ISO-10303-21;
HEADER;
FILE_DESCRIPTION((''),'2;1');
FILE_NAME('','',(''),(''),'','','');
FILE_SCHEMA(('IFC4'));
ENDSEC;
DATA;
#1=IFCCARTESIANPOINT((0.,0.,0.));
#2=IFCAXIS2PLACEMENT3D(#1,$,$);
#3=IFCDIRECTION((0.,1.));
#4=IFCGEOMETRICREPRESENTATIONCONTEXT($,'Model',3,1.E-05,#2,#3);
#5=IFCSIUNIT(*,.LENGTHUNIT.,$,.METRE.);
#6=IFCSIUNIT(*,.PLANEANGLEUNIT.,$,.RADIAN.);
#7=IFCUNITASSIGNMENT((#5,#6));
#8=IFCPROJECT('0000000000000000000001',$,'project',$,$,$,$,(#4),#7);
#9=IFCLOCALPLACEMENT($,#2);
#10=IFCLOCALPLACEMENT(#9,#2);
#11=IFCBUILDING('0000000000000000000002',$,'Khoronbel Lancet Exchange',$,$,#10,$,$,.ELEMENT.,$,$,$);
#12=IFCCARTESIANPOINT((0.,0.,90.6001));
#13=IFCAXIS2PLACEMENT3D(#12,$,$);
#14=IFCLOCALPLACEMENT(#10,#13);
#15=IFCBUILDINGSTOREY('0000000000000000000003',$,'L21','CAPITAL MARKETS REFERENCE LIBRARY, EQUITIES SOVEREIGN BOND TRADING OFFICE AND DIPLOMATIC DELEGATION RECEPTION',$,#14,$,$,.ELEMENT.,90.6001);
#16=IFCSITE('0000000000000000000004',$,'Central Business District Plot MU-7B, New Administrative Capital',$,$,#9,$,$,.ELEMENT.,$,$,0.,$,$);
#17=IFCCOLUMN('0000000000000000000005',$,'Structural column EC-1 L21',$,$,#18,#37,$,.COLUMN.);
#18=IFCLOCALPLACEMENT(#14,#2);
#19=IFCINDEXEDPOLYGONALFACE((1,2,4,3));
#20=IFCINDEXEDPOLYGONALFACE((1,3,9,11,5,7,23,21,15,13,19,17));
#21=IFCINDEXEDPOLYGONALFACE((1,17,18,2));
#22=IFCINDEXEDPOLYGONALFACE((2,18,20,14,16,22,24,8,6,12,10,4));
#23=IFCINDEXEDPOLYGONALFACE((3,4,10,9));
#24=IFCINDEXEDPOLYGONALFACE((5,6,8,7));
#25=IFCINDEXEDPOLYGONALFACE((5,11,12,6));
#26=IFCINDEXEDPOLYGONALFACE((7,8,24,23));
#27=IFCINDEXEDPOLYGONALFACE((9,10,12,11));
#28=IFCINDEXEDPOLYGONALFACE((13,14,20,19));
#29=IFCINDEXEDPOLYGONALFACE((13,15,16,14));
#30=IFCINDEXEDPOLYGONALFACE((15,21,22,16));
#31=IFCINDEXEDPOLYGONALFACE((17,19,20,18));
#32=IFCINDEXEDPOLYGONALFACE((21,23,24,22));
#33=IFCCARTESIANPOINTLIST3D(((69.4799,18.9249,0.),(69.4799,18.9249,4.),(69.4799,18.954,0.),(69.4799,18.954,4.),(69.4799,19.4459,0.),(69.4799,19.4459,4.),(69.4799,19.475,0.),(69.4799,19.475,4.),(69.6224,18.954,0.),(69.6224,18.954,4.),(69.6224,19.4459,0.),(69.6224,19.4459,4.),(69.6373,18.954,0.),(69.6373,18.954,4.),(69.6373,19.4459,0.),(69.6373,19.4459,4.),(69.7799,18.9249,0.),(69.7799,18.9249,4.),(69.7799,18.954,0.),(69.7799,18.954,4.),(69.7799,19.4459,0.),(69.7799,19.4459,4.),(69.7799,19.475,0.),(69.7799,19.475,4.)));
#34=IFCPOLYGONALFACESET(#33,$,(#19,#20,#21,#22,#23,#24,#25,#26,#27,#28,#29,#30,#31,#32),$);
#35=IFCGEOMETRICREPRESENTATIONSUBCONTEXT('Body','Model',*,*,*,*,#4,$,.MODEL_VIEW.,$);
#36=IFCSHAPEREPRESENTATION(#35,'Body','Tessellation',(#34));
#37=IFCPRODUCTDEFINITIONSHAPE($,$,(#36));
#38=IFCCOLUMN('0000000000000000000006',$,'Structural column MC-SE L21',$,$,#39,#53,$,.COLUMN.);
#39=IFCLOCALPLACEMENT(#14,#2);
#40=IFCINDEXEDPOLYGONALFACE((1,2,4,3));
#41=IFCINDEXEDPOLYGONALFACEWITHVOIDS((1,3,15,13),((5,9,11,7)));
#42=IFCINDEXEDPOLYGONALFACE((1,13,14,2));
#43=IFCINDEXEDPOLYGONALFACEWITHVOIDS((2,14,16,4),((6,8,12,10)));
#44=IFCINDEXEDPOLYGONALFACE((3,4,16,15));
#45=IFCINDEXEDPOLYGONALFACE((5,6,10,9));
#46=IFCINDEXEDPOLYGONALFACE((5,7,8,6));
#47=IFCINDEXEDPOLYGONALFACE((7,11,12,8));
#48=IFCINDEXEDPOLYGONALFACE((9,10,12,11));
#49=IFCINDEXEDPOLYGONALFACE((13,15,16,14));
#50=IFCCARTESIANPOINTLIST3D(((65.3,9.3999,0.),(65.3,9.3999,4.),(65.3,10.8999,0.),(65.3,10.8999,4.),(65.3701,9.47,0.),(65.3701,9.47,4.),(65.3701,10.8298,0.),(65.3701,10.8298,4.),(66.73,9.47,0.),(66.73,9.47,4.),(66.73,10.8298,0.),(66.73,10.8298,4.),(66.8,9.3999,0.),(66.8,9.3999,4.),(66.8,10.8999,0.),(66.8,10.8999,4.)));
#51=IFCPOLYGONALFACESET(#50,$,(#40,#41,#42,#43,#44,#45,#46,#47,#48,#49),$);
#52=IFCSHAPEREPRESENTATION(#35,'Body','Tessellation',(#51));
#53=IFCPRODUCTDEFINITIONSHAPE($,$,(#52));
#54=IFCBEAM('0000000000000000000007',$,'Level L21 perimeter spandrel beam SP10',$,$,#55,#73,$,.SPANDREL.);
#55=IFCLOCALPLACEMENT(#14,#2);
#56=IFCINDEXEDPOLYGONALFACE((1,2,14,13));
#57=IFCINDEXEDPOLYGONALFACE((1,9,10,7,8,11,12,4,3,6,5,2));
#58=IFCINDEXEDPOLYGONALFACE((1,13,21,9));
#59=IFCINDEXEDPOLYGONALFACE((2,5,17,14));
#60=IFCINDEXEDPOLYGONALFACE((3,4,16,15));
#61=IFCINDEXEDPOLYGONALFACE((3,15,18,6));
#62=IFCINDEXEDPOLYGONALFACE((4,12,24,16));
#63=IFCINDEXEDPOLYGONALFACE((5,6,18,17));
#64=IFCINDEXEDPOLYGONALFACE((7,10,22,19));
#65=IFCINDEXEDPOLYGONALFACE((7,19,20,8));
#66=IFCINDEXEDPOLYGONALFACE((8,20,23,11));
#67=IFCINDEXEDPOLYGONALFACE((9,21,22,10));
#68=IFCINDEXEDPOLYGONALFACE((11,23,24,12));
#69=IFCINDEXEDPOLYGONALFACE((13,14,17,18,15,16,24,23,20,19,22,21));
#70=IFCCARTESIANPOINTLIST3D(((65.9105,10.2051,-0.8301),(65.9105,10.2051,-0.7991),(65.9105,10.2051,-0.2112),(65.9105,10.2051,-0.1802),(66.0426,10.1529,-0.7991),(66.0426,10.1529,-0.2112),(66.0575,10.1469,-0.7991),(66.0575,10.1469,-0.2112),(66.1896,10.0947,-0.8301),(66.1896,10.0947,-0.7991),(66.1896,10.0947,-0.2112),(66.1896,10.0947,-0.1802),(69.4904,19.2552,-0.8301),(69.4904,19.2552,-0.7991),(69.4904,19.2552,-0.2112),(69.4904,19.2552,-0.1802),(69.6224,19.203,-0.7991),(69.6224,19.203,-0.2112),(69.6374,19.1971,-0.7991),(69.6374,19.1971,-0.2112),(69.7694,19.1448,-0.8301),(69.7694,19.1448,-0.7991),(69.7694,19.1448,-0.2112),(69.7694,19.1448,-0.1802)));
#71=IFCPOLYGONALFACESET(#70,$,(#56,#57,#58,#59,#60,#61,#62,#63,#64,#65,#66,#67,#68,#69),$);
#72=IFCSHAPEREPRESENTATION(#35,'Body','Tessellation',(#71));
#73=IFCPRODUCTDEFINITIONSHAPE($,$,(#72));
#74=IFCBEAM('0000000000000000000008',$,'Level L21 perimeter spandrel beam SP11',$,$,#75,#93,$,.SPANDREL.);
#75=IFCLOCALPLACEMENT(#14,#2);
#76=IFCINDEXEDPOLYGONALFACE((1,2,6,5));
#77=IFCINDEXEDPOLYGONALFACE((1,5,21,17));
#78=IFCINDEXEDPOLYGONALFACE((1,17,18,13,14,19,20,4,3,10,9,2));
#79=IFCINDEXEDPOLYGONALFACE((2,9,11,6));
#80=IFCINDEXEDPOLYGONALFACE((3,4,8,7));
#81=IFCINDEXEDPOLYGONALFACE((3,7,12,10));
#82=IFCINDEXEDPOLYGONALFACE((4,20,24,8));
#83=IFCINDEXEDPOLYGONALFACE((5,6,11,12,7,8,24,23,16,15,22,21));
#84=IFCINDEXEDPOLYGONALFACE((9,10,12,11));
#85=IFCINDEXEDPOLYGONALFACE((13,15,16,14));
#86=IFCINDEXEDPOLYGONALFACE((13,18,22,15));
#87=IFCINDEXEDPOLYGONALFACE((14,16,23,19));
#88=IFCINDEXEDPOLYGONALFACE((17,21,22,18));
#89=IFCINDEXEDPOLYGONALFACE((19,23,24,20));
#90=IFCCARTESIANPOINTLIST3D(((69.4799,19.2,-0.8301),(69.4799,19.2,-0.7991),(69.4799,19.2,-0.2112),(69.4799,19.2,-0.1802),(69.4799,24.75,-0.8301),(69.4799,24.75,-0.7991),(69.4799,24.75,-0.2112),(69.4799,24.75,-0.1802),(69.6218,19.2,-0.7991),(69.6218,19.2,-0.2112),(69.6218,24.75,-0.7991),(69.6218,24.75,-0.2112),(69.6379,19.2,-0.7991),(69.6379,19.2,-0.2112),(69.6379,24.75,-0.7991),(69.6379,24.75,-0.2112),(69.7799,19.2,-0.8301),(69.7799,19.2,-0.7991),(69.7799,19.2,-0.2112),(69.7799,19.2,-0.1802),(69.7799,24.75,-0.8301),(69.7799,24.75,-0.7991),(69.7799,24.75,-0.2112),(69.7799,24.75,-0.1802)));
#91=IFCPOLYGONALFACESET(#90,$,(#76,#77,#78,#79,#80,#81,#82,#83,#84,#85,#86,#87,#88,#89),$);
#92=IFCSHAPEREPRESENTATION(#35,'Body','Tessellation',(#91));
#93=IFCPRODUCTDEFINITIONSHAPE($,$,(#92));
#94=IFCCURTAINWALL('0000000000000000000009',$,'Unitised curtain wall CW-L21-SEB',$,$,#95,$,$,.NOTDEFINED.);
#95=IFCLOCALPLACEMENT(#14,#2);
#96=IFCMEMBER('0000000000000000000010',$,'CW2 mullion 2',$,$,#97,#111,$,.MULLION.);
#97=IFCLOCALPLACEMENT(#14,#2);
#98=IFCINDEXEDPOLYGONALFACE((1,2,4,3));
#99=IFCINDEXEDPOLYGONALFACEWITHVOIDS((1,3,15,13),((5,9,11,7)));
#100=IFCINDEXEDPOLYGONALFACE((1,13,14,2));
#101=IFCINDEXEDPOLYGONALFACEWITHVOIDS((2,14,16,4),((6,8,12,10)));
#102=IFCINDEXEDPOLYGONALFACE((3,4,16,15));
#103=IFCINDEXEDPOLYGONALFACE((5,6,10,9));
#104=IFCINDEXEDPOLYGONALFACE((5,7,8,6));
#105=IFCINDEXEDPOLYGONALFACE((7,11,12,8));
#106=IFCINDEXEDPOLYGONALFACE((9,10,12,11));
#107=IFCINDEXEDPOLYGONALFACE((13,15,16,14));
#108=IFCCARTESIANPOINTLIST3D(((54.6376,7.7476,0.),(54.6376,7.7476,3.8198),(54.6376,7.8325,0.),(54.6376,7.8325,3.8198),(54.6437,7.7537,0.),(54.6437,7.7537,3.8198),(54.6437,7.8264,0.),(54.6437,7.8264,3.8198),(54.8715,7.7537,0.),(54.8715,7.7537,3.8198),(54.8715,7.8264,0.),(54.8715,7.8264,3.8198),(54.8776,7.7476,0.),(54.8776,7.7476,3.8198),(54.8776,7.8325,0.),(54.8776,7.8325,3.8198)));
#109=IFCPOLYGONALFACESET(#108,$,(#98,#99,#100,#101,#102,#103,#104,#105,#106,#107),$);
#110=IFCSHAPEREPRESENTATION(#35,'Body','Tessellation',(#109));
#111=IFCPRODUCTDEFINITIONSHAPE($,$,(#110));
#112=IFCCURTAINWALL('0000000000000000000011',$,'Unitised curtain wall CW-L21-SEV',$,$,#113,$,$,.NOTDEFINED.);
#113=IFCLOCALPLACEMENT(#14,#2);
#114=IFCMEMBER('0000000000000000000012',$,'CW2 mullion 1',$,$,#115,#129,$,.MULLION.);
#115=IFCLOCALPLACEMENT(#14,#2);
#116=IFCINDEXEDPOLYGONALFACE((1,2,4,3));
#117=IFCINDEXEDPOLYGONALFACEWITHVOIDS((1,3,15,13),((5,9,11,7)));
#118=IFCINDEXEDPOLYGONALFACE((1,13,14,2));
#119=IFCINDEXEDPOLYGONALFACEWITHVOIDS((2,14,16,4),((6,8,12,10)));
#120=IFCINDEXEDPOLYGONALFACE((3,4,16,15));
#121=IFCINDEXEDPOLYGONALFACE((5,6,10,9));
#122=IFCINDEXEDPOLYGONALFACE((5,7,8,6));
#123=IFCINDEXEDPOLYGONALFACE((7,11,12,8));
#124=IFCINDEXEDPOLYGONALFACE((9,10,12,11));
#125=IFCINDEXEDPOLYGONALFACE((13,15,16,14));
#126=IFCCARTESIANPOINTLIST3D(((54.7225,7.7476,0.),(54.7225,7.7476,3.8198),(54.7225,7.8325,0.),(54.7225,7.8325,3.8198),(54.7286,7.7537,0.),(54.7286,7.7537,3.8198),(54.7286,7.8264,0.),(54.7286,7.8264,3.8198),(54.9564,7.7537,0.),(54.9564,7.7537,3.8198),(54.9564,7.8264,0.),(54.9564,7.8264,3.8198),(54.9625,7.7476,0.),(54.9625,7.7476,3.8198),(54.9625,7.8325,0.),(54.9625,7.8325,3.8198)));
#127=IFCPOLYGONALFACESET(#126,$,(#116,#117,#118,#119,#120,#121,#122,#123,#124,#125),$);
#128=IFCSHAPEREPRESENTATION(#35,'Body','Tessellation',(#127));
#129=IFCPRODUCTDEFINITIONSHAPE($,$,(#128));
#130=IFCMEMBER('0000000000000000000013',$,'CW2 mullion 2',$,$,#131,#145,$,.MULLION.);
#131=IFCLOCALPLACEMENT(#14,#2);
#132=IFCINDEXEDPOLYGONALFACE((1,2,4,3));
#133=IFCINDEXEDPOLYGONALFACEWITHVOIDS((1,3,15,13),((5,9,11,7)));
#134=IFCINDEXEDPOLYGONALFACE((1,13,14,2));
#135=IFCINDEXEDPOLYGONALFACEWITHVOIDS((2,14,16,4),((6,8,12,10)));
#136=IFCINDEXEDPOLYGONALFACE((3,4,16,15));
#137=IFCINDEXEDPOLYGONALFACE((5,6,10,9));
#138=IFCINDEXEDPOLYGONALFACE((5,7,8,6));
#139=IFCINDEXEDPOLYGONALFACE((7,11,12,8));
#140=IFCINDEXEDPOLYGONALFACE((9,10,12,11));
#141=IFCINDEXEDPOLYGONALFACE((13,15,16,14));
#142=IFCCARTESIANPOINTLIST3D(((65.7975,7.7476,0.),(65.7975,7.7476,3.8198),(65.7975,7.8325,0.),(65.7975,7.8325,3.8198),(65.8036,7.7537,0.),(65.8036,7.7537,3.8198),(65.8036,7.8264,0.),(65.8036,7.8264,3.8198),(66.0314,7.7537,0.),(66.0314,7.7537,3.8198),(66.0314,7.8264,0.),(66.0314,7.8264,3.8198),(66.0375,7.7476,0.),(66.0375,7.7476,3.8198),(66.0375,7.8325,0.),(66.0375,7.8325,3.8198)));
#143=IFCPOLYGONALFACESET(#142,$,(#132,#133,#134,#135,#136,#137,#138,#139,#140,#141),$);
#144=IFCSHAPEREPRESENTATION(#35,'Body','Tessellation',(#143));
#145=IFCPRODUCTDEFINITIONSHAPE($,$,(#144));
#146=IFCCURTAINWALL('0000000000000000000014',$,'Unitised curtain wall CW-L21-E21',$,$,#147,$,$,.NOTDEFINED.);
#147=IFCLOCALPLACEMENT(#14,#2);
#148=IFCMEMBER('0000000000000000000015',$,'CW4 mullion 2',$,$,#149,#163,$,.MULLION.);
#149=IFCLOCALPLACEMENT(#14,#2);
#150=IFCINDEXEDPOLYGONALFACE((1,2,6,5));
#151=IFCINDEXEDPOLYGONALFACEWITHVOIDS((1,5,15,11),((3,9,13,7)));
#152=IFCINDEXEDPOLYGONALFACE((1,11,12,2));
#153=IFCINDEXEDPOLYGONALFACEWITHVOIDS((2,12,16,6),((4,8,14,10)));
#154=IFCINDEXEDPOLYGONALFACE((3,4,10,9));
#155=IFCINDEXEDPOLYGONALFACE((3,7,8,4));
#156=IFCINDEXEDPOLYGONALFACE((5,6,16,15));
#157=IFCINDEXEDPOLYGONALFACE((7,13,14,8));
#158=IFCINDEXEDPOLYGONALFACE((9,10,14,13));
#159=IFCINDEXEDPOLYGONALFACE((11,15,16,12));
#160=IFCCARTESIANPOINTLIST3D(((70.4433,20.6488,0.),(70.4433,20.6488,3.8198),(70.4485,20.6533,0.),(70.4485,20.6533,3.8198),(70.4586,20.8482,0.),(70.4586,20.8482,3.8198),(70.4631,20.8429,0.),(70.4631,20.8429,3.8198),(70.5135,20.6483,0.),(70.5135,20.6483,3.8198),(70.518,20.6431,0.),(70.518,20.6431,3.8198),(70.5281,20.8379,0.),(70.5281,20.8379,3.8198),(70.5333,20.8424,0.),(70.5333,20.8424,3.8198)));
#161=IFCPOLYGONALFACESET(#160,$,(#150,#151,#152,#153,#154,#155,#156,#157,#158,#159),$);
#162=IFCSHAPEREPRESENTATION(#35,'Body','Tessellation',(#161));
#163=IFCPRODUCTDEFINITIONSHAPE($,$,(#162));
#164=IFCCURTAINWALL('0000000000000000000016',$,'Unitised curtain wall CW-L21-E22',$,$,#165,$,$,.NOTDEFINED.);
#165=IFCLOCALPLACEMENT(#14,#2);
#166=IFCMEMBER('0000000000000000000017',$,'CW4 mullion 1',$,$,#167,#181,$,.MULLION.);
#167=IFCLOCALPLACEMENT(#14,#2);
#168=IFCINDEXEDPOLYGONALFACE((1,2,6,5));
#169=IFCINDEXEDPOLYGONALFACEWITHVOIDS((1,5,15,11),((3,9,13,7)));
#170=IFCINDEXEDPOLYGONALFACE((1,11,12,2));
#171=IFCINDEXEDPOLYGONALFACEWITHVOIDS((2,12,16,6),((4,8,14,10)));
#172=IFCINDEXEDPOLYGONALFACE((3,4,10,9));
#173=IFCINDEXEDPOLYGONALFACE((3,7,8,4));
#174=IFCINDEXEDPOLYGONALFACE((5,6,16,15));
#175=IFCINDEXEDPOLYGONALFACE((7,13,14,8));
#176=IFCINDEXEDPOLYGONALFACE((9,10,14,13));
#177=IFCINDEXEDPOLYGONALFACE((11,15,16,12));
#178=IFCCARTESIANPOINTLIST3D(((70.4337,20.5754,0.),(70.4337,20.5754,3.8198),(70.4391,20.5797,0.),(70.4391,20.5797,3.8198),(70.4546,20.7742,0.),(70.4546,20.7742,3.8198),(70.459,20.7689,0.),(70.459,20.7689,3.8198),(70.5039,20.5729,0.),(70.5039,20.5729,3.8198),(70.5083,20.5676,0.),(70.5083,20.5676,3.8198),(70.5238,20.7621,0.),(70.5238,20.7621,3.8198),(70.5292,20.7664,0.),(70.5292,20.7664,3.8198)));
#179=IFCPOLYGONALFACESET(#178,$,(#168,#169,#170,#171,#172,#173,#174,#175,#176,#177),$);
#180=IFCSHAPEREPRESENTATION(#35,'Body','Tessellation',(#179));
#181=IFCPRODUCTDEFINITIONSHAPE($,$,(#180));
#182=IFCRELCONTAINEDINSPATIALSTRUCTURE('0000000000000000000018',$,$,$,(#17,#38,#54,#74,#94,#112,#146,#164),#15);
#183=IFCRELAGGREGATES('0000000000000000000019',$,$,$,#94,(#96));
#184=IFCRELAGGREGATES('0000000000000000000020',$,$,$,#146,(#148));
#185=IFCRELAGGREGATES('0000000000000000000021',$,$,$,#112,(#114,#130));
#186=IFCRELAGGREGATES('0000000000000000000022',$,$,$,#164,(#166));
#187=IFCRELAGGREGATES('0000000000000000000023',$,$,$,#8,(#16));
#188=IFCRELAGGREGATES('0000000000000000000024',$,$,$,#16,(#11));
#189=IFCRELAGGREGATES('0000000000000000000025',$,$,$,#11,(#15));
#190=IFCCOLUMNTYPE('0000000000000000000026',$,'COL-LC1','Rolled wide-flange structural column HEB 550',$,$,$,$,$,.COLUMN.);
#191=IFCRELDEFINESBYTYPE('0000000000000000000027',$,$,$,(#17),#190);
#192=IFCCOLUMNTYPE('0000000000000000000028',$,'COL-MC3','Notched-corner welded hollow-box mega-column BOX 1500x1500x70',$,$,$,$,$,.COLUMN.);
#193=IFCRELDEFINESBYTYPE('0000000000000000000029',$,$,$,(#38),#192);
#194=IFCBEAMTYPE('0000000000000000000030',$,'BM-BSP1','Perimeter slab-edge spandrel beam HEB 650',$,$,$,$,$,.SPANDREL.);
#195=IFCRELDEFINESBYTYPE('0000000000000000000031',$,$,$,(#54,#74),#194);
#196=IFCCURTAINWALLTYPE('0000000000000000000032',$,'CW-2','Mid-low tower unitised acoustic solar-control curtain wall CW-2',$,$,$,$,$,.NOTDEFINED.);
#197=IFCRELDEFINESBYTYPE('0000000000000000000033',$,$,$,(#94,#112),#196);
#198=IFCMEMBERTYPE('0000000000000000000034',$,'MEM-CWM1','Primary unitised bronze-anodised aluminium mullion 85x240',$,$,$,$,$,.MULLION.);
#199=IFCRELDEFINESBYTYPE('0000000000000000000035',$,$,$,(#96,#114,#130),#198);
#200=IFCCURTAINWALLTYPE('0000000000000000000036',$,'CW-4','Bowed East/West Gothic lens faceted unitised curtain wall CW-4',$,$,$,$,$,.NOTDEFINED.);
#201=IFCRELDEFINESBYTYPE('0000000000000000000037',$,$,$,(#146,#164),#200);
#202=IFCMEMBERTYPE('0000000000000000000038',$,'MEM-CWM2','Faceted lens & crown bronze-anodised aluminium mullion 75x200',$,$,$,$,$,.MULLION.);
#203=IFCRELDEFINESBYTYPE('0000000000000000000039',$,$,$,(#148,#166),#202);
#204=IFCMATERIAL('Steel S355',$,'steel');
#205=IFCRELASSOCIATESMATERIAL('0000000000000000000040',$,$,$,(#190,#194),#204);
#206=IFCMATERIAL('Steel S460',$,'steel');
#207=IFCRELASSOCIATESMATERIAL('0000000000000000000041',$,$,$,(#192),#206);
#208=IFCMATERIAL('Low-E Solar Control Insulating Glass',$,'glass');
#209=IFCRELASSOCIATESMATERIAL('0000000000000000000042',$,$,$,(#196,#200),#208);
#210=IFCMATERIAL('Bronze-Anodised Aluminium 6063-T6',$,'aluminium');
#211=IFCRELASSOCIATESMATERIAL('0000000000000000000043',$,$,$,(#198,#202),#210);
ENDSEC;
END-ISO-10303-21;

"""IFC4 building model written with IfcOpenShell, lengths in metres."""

from ifc_helpers import new_model, si_unit, direction, frame, origin, origin_2d, place, context, subcontext, project, spatial, hollow_rectangle, i_section, extrude, material, material_profile, profile_set, type_object, element, aggregate, save


model = new_model("IFC4")

# Units and contexts
model_context = context("Model", 3, precision=1e-05, world=origin(), true_north=direction((0.0, 1.0)))
body_context = subcontext(model_context, "Body", "Model", "MODEL_VIEW")
ifc_project = project(units=[si_unit("LENGTHUNIT", "METRE"), si_unit("PLANEANGLEUNIT", "RADIAN")], contexts=[model_context])

# Site, building, storey
site_placement = place(None, origin())
site = spatial("IfcSite", under=ifc_project, at=site_placement, Name="Central Business District Plot MU-7B, New Administrative Capital", CompositionType="ELEMENT", RefElevation=0.0)
building_placement = place(site_placement, origin())
building = spatial("IfcBuilding", under=site, at=building_placement, Name="Khoronbel Lancet Exchange", CompositionType="ELEMENT")
storey_placement = place(building_placement, frame((0.0, 0.0, 90.6001)))
storey = spatial("IfcBuildingStorey", under=building, at=storey_placement, Name="L21", Description="CAPITAL MARKETS REFERENCE LIBRARY, EQUITIES SOVEREIGN BOND TRADING OFFICE AND DIPLOMATIC DELEGATION RECEPTION", CompositionType="ELEMENT", Elevation=90.6001)

# Columns
ifc_material_1 = material(Name="Steel S355", Category="steel")
ifc_material_profile_1 = material_profile(ifc_material_1, i_section(OverallWidth=0.3, OverallDepth=0.55, WebThickness=0.0149, FlangeThickness=0.0291, at=origin_2d()), Name="HEB 550")
ifc_profile_set_1 = profile_set([ifc_material_profile_1], Name="Steel S355")
column_type_1 = type_object("IfcColumnType", Name="COL-LC1", Description="Rolled wide-flange structural column HEB 550", PredefinedType="COLUMN", material=ifc_profile_set_1)
column_1_placement = place(storey_placement, frame((69.6299, 19.2, 0.0), z_axis=(0.0, 0.0, 1.0), x_axis=(1.0, 0.0, 0.0)))
element("IfcColumn", 1, at=column_1_placement, inside=storey, type_object=column_type_1, Name="Structural column EC-1 L21", PredefinedType="COLUMN", context=body_context, shape_type="SweptSolid", body=[
    extrude(i_section(OverallWidth=0.3, OverallDepth=0.55, WebThickness=0.0149, FlangeThickness=0.0291, at=origin_2d()), origin(), (0.0, 0.0, 1.0), 4.0),
])
ifc_material_2 = material(Name="Steel S460", Category="steel")
ifc_material_profile_2 = material_profile(ifc_material_2, hollow_rectangle(XDim=1.5, YDim=1.5, WallThickness=0.0701, at=origin_2d()), Name="BOX 1500x1500x70")
ifc_profile_set_2 = profile_set([ifc_material_profile_2], Name="Steel S460")
column_type_2 = type_object("IfcColumnType", Name="COL-MC3", Description="Notched-corner welded hollow-box mega-column BOX 1500x1500x70", PredefinedType="COLUMN", material=ifc_profile_set_2)
column_2_placement = place(storey_placement, frame((66.05, 10.1499, 0.0), z_axis=(0.0, 0.0, 1.0), x_axis=(1.0, 0.0, 0.0)))
element("IfcColumn", 2, at=column_2_placement, inside=storey, type_object=column_type_2, Name="Structural column MC-SE L21", PredefinedType="COLUMN", context=body_context, shape_type="SweptSolid", body=[
    extrude(hollow_rectangle(XDim=1.5, YDim=1.5, WallThickness=0.0701, at=origin_2d()), origin(), (0.0, 0.0, 1.0), 4.0),
])

# Beams
ifc_material_profile_3 = material_profile(ifc_material_1, i_section(OverallWidth=0.3, OverallDepth=0.6499, WebThickness=0.0161, FlangeThickness=0.031, at=origin_2d()), Name="HEB 650")
ifc_profile_set_3 = profile_set([ifc_material_profile_3], Name="Steel S355")
beam_type = type_object("IfcBeamType", Name="BM-BSP1", Description="Perimeter slab-edge spandrel beam HEB 650", PredefinedType="SPANDREL", material=ifc_profile_set_3)
beam_1_placement = place(storey_placement, frame((66.05, 10.1499, -0.5051), z_axis=(0.367828, 0.929894, 0.0), x_axis=(-0.929894, 0.367828, 0.0)))
element("IfcBeam", 3, at=beam_1_placement, inside=storey, type_object=beam_type, Name="Level L21 perimeter spandrel beam SP10", PredefinedType="SPANDREL", context=body_context, shape_type="SweptSolid", body=[
    extrude(i_section(OverallWidth=0.3, OverallDepth=0.6499, WebThickness=0.0161, FlangeThickness=0.031, at=origin_2d()), origin(), (0.0, 0.0, 1.0), 9.7324),
])
beam_2_placement = place(storey_placement, frame((69.6299, 19.2, -0.5051), z_axis=(0.0, 1.0, 0.0), x_axis=(-1.0, 0.0, 0.0)))
element("IfcBeam", 4, at=beam_2_placement, inside=storey, type_object=beam_type, Name="Level L21 perimeter spandrel beam SP11", PredefinedType="SPANDREL", context=body_context, shape_type="SweptSolid", body=[
    extrude(i_section(OverallWidth=0.3, OverallDepth=0.6499, WebThickness=0.0161, FlangeThickness=0.031, at=origin_2d()), origin(), (0.0, 0.0, 1.0), 5.55),
])

# Curtain wall, member
ifc_material_3 = material(Name="Low-E Solar Control Insulating Glass", Category="glass")
curtain_wall_type_1 = type_object("IfcCurtainWallType", Name="CW-2", Description="Mid-low tower unitised acoustic solar-control curtain wall CW-2", PredefinedType="NOTDEFINED", material=ifc_material_3)
curtain_wall_1_placement = place(storey_placement, origin())
curtain_wall_1 = element("IfcCurtainWall", 5, at=curtain_wall_1_placement, inside=storey, type_object=curtain_wall_type_1, Name="Unitised curtain wall CW-L21-SEB", PredefinedType="NOTDEFINED")
ifc_material_4 = material(Name="Bronze-Anodised Aluminium 6063-T6", Category="aluminium")
ifc_material_profile_4 = material_profile(ifc_material_4, hollow_rectangle(XDim=0.085, YDim=0.24, WallThickness=0.0061, at=origin_2d()), Name="ALU MULLION 85x240")
ifc_profile_set_4 = profile_set([ifc_material_profile_4], Name="Bronze-Anodised Aluminium 6063-T6")
member_type_1 = type_object("IfcMemberType", Name="MEM-CWM1", Description="Primary unitised bronze-anodised aluminium mullion 85x240", PredefinedType="MULLION", material=ifc_profile_set_4)
member_1_placement = place(storey_placement, frame((54.7576, 7.79, 0.0), z_axis=(0.0, 0.0, 1.0), x_axis=(0.0, 1.0, 0.0)))
member_1 = element("IfcMember", 6, at=member_1_placement, type_object=member_type_1, Name="CW2 mullion 2", PredefinedType="MULLION", context=body_context, shape_type="SweptSolid", body=[
    extrude(hollow_rectangle(XDim=0.085, YDim=0.24, WallThickness=0.0061, at=origin_2d()), origin(), (0.0, 0.0, 1.0), 3.8198),
])
aggregate(curtain_wall_1, [member_1])

# Curtain wall, members
curtain_wall_2_placement = place(storey_placement, origin())
curtain_wall_2 = element("IfcCurtainWall", 7, at=curtain_wall_2_placement, inside=storey, type_object=curtain_wall_type_1, Name="Unitised curtain wall CW-L21-SEV", PredefinedType="NOTDEFINED")
member_2_placement = place(storey_placement, frame((54.8425, 7.79, 0.0), z_axis=(0.0, 0.0, 1.0), x_axis=(0.0, 1.0, 0.0)))
member_2 = element("IfcMember", 8, at=member_2_placement, type_object=member_type_1, Name="CW2 mullion 1", PredefinedType="MULLION", context=body_context, shape_type="SweptSolid", body=[
    extrude(hollow_rectangle(XDim=0.085, YDim=0.24, WallThickness=0.0061, at=origin_2d()), origin(), (0.0, 0.0, 1.0), 3.8198),
])
member_3_placement = place(storey_placement, frame((65.9175, 7.79, 0.0), z_axis=(0.0, 0.0, 1.0), x_axis=(0.0, 1.0, 0.0)))
member_3 = element("IfcMember", 9, at=member_3_placement, type_object=member_type_1, Name="CW2 mullion 2", PredefinedType="MULLION", context=body_context, shape_type="SweptSolid", body=[
    extrude(hollow_rectangle(XDim=0.085, YDim=0.24, WallThickness=0.0061, at=origin_2d()), origin(), (0.0, 0.0, 1.0), 3.8198),
])

# Curtain wall, member
curtain_wall_type_2 = type_object("IfcCurtainWallType", Name="CW-4", Description="Bowed East/West Gothic lens faceted unitised curtain wall CW-4", PredefinedType="NOTDEFINED", material=ifc_material_3)
curtain_wall_3_placement = place(storey_placement, origin())
curtain_wall_3 = element("IfcCurtainWall", 10, at=curtain_wall_3_placement, inside=storey, type_object=curtain_wall_type_2, Name="Unitised curtain wall CW-L21-E21", PredefinedType="NOTDEFINED")
ifc_material_profile_5 = material_profile(ifc_material_4, hollow_rectangle(XDim=0.075, YDim=0.2, WallThickness=0.0049, at=origin_2d()), Name="ALU MULLION 75x200")
ifc_profile_set_5 = profile_set([ifc_material_profile_5], Name="Bronze-Anodised Aluminium 6063-T6")
member_type_2 = type_object("IfcMemberType", Name="MEM-CWM2", Description="Faceted lens & crown bronze-anodised aluminium mullion 75x200", PredefinedType="MULLION", material=ifc_profile_set_5)
member_4_placement = place(storey_placement, frame((70.4883, 20.7456, 0.0), z_axis=(0.0, 0.0, 1.0), x_axis=(0.99706, -0.076626, 0.0)))
member_4 = element("IfcMember", 11, at=member_4_placement, type_object=member_type_2, Name="CW4 mullion 2", PredefinedType="MULLION", context=body_context, shape_type="SweptSolid", body=[
    extrude(hollow_rectangle(XDim=0.075, YDim=0.2, WallThickness=0.0049, at=origin_2d()), origin(), (0.0, 0.0, 1.0), 3.8198),
])
aggregate(curtain_wall_3, [member_4])

# Curtain wall, member
curtain_wall_4_placement = place(storey_placement, origin())
curtain_wall_4 = element("IfcCurtainWall", 12, at=curtain_wall_4_placement, inside=storey, type_object=curtain_wall_type_2, Name="Unitised curtain wall CW-L21-E22", PredefinedType="NOTDEFINED")
member_5_placement = place(storey_placement, frame((70.4814, 20.6709, 0.0), z_axis=(0.0, 0.0, 1.0), x_axis=(0.994532, -0.104434, 0.0)))
member_5 = element("IfcMember", 13, at=member_5_placement, type_object=member_type_2, Name="CW4 mullion 1", PredefinedType="MULLION", context=body_context, shape_type="SweptSolid", body=[
    extrude(hollow_rectangle(XDim=0.075, YDim=0.2, WallThickness=0.0049, at=origin_2d()), origin(), (0.0, 0.0, 1.0), 3.8198),
])

aggregate(curtain_wall_2, [member_2, member_3])
aggregate(curtain_wall_4, [member_5])

save(model, "model.ifc")
